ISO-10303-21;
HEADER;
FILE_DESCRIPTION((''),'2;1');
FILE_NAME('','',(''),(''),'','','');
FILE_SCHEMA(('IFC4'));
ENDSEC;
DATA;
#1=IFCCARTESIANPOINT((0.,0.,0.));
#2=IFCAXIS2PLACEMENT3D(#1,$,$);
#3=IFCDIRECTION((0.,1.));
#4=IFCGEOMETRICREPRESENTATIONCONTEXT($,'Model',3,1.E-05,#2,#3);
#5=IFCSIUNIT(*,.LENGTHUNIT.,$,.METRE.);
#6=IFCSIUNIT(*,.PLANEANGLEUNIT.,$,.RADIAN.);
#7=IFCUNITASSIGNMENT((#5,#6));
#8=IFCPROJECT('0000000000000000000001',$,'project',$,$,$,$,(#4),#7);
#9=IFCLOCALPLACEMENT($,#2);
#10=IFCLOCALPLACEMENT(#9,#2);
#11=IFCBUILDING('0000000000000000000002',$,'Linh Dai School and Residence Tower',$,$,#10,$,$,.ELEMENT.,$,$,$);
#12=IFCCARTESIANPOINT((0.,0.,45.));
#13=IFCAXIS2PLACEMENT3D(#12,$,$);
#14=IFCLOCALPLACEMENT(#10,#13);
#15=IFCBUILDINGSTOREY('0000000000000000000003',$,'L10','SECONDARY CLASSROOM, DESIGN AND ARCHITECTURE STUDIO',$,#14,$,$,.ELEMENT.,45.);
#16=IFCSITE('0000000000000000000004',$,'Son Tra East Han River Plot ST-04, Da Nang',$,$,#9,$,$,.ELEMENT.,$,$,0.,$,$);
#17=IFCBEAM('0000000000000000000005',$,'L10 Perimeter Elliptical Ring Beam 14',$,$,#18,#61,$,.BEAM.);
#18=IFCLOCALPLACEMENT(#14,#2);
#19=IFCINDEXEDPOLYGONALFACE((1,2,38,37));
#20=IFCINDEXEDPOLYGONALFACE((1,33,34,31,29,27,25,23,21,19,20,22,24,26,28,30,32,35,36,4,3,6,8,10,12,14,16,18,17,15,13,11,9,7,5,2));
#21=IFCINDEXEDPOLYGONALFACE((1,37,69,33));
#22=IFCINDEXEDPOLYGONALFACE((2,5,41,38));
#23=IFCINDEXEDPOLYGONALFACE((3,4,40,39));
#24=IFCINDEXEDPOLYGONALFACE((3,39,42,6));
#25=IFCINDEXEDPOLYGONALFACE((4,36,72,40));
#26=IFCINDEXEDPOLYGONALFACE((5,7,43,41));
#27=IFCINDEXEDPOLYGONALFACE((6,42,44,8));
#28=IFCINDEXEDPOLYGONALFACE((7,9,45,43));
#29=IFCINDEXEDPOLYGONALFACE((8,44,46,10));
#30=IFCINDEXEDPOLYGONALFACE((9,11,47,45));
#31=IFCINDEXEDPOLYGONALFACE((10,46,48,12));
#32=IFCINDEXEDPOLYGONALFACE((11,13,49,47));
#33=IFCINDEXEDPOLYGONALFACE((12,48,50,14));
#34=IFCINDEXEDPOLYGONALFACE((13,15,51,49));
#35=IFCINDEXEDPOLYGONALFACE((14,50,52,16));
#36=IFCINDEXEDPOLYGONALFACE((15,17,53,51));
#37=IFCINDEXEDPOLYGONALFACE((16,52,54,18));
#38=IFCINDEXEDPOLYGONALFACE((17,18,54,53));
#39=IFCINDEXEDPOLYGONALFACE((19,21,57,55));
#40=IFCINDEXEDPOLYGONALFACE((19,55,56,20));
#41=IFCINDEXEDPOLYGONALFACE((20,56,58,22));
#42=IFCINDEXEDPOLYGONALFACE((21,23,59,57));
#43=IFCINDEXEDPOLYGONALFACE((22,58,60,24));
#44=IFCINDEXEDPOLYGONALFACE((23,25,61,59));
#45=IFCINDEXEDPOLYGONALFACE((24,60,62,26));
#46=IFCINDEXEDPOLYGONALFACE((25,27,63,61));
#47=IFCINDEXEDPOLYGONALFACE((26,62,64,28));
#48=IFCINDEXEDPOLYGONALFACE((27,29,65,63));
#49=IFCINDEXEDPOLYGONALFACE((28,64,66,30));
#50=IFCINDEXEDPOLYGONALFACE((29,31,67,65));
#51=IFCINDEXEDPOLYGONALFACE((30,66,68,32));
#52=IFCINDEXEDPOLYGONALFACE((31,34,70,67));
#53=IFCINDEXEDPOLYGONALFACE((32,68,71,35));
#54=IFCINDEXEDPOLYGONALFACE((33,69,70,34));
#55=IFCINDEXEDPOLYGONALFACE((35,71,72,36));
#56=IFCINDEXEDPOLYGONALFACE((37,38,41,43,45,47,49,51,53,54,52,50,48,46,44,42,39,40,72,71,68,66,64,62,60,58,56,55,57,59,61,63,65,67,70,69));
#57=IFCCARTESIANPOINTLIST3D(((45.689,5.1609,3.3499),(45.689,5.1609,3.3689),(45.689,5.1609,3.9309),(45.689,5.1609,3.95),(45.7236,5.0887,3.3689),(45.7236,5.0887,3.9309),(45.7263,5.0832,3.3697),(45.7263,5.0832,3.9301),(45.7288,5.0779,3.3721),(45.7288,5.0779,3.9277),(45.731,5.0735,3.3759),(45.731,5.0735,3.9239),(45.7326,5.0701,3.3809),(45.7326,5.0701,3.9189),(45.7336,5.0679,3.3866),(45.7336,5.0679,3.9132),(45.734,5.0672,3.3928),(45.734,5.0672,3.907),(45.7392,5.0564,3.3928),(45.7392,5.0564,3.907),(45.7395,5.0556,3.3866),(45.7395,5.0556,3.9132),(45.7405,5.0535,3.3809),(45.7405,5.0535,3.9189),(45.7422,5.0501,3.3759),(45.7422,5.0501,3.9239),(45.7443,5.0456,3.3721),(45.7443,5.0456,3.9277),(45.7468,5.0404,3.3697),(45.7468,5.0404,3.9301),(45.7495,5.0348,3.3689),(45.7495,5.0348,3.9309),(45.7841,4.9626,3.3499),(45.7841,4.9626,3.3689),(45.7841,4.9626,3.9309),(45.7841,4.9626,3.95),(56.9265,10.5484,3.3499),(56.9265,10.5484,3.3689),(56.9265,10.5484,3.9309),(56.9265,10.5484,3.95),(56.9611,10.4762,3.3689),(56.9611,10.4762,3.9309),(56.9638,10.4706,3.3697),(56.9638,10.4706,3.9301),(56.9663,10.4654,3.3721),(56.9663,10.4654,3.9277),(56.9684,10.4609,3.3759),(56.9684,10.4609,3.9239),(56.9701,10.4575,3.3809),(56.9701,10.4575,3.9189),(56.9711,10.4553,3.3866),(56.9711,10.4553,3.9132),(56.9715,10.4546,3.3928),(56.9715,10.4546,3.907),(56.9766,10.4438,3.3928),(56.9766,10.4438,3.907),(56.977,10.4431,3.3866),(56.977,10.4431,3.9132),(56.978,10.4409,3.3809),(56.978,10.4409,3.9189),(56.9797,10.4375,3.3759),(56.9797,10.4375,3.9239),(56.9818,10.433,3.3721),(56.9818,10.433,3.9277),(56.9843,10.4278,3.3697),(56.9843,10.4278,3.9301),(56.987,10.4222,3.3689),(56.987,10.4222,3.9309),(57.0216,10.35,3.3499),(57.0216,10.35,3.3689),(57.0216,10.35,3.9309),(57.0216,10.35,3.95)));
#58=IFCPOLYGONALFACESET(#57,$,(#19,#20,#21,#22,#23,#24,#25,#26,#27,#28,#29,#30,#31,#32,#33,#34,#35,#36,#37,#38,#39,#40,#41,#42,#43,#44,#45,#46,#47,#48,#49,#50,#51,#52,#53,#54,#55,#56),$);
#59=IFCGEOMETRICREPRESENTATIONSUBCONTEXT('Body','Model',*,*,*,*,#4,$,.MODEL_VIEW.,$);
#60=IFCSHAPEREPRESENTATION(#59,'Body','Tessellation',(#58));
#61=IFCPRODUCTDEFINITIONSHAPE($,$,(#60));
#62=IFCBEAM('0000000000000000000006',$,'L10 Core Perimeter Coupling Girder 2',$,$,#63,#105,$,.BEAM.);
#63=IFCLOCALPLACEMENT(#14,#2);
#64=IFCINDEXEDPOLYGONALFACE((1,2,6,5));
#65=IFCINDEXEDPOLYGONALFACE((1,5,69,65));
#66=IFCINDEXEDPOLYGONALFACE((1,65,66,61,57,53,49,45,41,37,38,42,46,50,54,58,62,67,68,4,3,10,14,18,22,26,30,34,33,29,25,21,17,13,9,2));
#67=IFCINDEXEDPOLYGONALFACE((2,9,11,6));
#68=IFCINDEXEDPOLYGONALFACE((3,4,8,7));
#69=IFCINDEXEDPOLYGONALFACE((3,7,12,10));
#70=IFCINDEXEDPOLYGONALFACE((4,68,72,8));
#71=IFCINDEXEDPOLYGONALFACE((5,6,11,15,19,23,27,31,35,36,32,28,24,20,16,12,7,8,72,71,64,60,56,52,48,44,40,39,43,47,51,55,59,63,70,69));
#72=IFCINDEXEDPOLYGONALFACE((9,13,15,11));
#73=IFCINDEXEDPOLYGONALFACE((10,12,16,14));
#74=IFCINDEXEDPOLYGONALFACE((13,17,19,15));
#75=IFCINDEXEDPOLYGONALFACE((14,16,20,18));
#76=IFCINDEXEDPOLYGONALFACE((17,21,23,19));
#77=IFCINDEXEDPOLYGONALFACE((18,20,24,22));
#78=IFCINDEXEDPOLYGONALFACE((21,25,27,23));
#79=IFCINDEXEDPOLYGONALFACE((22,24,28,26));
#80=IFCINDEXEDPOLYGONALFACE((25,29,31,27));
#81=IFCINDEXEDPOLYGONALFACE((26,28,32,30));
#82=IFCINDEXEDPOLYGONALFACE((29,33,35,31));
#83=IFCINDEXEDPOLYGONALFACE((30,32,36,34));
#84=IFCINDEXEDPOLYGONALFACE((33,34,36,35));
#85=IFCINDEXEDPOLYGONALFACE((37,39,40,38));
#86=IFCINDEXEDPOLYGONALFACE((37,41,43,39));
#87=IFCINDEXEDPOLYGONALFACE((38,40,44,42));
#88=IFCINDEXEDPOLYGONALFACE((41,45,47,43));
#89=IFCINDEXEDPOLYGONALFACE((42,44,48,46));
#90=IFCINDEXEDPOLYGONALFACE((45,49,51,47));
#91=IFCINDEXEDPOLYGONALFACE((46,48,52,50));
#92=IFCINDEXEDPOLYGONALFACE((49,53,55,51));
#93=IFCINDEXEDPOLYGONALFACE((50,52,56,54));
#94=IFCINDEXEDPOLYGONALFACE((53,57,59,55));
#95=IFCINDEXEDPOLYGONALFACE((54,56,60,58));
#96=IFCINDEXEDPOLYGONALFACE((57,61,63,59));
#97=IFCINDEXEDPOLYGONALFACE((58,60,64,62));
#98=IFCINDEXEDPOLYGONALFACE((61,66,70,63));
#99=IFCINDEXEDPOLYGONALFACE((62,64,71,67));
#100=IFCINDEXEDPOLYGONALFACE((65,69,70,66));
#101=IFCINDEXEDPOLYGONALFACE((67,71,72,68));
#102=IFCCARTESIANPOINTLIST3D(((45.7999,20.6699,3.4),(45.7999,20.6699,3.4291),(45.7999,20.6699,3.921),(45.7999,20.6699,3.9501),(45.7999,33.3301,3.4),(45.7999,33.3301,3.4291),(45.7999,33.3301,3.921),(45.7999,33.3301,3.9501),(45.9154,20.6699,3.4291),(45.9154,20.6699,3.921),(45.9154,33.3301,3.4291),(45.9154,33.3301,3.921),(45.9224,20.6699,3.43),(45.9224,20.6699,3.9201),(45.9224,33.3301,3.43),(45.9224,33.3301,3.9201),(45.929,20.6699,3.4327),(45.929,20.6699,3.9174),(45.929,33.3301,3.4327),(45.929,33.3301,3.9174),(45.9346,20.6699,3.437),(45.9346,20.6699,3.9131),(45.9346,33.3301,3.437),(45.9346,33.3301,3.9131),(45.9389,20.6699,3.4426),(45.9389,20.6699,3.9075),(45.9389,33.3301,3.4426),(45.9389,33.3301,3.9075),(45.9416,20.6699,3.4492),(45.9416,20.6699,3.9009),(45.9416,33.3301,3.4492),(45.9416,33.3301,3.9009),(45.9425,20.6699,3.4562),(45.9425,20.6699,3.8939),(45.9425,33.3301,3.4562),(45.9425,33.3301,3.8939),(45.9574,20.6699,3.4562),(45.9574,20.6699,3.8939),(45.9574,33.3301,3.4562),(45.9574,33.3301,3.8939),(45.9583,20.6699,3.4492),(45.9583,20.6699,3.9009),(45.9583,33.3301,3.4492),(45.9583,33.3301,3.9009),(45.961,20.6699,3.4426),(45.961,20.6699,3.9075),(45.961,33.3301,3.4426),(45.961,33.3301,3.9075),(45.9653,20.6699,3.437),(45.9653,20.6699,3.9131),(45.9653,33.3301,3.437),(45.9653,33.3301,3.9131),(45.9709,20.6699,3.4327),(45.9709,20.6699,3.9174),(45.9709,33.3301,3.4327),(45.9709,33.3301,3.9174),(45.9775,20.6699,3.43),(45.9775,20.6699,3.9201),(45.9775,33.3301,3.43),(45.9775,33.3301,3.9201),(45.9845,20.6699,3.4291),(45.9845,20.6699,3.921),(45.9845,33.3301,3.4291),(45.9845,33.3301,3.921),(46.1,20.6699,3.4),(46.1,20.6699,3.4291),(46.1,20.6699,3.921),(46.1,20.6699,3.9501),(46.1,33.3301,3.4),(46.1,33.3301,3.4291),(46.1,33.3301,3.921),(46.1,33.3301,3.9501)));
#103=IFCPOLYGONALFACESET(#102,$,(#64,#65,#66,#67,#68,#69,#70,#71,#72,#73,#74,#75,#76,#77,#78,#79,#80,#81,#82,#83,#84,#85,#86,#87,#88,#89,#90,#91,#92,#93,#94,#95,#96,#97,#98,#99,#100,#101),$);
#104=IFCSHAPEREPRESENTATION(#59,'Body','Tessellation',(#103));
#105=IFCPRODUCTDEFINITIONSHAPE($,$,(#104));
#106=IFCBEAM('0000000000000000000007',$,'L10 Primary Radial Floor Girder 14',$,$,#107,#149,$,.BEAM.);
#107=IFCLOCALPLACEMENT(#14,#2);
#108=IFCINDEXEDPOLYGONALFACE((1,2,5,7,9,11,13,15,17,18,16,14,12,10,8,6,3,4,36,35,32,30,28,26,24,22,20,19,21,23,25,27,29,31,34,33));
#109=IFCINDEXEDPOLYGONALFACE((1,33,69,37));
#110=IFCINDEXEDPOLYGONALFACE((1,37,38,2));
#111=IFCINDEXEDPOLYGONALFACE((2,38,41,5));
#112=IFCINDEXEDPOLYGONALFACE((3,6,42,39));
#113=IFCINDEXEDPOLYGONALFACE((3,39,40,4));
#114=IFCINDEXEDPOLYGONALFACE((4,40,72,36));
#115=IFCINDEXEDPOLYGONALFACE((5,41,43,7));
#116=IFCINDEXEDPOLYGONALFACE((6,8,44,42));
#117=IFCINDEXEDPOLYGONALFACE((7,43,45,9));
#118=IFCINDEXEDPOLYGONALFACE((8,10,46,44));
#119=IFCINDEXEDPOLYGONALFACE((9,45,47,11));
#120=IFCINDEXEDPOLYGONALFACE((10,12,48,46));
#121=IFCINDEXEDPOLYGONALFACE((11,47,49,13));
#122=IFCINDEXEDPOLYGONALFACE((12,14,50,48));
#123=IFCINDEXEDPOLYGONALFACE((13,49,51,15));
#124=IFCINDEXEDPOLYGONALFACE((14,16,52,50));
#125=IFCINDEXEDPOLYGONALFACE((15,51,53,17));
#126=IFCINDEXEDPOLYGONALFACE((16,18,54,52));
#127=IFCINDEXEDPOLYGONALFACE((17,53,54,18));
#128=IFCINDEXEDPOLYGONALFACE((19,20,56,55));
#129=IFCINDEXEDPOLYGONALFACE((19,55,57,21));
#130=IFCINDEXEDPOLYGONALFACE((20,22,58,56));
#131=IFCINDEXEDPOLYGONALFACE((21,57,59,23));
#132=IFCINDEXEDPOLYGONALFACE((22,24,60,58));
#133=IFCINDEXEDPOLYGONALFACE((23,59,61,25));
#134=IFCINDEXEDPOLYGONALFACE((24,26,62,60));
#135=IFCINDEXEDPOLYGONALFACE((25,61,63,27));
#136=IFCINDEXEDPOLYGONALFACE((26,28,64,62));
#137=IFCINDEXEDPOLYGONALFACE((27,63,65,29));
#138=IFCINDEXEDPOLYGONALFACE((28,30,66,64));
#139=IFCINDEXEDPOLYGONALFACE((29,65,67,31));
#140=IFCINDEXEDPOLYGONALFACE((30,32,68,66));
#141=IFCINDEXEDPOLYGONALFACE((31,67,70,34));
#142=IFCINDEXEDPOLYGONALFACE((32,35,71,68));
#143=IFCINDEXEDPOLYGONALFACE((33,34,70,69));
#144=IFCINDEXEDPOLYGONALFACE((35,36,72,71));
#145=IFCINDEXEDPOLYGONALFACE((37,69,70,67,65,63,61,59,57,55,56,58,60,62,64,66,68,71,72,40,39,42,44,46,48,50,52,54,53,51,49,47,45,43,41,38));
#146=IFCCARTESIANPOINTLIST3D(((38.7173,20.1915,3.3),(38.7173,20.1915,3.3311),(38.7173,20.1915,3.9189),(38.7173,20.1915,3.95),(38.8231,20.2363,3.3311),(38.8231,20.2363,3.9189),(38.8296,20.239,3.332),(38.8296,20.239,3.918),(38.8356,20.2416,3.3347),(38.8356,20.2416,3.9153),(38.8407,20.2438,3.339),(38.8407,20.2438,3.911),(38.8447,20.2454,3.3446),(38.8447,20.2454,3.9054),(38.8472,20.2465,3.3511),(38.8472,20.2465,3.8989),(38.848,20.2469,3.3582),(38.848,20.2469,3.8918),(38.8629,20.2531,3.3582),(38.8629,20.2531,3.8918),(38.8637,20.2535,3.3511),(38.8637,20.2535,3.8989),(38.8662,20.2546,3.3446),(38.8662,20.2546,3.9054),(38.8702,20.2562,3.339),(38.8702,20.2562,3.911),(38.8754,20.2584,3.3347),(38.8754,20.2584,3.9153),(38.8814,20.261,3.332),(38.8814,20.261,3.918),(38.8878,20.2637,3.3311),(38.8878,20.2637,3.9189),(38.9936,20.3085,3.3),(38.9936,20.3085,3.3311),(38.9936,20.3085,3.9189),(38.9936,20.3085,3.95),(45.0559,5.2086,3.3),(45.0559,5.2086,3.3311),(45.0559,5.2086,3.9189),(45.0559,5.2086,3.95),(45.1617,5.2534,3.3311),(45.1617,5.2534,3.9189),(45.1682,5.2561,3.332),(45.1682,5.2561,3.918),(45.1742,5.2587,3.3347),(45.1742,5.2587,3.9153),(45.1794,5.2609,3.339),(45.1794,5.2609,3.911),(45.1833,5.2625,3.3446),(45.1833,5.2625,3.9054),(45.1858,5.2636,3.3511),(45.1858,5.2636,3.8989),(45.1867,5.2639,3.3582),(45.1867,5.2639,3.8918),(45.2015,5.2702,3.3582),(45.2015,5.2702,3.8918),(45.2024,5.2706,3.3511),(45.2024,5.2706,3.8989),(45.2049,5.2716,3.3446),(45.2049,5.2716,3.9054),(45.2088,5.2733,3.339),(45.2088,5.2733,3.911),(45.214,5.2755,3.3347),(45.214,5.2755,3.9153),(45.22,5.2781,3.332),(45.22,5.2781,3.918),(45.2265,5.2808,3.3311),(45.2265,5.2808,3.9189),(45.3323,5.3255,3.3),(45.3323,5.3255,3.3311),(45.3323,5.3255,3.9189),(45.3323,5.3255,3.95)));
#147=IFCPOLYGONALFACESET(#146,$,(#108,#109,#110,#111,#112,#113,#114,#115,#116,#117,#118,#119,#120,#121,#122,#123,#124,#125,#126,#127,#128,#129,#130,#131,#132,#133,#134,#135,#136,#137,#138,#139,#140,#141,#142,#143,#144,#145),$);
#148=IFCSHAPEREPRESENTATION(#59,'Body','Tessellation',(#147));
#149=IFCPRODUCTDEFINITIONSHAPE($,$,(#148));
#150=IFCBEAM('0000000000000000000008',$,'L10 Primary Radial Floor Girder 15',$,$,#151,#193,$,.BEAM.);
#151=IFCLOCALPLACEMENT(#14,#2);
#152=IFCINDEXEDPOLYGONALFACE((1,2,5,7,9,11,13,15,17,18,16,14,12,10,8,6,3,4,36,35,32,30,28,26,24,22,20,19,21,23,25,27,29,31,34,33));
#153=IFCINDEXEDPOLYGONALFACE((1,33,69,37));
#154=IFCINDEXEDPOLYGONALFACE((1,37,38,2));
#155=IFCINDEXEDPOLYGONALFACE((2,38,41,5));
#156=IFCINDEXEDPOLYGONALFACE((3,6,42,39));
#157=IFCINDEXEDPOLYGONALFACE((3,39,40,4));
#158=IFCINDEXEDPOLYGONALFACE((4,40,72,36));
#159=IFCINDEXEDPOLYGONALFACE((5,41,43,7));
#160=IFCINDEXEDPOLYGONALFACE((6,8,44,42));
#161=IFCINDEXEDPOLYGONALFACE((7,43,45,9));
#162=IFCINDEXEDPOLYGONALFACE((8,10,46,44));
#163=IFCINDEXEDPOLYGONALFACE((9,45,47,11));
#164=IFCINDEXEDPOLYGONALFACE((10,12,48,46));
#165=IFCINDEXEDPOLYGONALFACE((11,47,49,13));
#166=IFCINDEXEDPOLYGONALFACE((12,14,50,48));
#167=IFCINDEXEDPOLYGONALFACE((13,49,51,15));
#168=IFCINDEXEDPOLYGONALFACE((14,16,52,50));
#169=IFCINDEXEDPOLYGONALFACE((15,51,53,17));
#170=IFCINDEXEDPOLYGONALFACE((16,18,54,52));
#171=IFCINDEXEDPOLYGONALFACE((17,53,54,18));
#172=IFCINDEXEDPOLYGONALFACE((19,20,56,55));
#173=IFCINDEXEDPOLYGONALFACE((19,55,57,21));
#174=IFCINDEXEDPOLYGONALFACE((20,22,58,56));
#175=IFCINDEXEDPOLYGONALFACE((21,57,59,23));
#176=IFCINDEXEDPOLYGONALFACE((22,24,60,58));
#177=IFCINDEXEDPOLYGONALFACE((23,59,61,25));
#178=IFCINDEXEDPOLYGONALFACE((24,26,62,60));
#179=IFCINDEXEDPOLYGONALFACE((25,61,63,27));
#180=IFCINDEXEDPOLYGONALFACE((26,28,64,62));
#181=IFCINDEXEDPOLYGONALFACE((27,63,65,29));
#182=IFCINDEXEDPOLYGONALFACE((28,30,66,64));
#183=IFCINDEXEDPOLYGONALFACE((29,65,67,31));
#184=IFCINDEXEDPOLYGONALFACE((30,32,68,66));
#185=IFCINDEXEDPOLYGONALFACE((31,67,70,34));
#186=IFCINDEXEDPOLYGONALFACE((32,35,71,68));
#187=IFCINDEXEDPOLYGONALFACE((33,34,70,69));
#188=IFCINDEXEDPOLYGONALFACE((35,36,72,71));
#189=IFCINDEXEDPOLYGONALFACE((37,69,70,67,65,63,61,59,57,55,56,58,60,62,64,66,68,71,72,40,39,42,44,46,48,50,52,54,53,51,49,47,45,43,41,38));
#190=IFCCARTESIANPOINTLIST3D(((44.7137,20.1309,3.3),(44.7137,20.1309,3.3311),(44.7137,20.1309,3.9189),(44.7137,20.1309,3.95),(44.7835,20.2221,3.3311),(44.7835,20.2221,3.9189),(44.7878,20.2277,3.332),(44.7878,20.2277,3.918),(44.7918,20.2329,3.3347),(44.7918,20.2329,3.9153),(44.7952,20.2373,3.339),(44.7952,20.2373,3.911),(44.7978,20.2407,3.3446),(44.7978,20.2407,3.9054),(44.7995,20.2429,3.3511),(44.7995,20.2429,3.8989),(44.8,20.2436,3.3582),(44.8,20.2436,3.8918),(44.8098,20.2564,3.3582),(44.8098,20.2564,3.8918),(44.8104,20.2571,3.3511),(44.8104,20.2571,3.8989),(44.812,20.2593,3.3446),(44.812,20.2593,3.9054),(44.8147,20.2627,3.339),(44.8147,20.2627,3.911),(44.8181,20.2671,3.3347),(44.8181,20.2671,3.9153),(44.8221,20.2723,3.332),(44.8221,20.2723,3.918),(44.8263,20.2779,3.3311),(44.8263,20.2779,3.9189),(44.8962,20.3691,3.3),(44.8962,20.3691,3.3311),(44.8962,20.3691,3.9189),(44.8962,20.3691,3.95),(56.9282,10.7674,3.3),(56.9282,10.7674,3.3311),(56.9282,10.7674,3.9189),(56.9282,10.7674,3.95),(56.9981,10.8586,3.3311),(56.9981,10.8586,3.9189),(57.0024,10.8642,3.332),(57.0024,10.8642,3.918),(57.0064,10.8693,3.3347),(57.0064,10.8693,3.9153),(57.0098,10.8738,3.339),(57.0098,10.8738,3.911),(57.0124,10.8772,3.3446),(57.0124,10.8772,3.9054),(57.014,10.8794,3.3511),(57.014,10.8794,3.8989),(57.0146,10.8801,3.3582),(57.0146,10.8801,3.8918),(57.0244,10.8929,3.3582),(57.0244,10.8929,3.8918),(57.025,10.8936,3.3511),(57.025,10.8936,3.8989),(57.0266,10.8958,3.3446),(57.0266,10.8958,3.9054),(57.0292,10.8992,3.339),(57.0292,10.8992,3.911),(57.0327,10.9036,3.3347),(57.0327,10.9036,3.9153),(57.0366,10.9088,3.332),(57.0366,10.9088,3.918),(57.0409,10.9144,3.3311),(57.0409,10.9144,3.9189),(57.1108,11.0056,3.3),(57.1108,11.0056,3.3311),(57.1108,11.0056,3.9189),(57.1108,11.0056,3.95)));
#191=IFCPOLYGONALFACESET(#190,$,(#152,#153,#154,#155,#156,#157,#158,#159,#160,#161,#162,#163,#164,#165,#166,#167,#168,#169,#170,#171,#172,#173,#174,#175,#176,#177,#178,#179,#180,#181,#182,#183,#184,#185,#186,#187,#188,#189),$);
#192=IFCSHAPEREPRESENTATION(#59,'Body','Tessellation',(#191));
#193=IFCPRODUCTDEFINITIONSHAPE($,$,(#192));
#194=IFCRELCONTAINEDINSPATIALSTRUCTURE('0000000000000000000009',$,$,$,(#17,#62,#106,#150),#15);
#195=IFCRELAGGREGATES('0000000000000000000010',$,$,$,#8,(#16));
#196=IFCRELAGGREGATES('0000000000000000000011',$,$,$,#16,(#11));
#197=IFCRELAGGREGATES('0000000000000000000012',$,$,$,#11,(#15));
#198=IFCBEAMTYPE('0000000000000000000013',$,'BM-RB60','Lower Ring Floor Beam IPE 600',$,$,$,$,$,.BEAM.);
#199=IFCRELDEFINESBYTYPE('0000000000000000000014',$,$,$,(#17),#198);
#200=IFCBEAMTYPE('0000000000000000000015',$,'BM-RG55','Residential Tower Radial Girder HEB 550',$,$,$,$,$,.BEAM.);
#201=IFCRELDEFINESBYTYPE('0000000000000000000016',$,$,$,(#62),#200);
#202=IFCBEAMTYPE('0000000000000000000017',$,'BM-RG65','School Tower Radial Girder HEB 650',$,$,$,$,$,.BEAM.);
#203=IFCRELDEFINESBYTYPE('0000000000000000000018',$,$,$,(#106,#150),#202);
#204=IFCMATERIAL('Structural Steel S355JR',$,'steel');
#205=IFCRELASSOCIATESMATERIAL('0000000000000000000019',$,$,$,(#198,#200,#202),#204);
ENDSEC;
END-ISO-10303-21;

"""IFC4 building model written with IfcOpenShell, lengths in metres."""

from ifc_helpers import new_model, si_unit, direction, frame, origin, origin_2d, place, context, subcontext, project, spatial, i_section, extrude, material, material_profile, profile_set, type_object, element, save


model = new_model("IFC4")

# Units and contexts
model_context = context("Model", 3, precision=1e-05, world=origin(), true_north=direction((0.0, 1.0)))
body_context = subcontext(model_context, "Body", "Model", "MODEL_VIEW")
ifc_project = project(units=[si_unit("LENGTHUNIT", "METRE"), si_unit("PLANEANGLEUNIT", "RADIAN")], contexts=[model_context])

# Site, building, storey
site_placement = place(None, origin())
site = spatial("IfcSite", under=ifc_project, at=site_placement, Name="Son Tra East Han River Plot ST-04, Da Nang", CompositionType="ELEMENT", RefElevation=0.0)
building_placement = place(site_placement, origin())
building = spatial("IfcBuilding", under=site, at=building_placement, Name="Linh Dai School and Residence Tower", CompositionType="ELEMENT")
storey_placement = place(building_placement, frame((0.0, 0.0, 45.0)))
storey = spatial("IfcBuildingStorey", under=building, at=storey_placement, Name="L10", Description="SECONDARY CLASSROOM, DESIGN AND ARCHITECTURE STUDIO", CompositionType="ELEMENT", Elevation=45.0)

# Shared definitions
ifc_material_1 = material(Name="Structural Steel S355JR", Category="steel")

# Beams
ifc_material_profile_1 = material_profile(ifc_material_1, i_section(OverallWidth=0.22, OverallDepth=0.6001, WebThickness=0.012, FlangeThickness=0.019, FilletRadius=0.0239, at=origin_2d()), Name="IPE 600")
ifc_profile_set_1 = profile_set([ifc_material_profile_1], Name="Structural Steel S355JR")
beam_type_1 = type_object("IfcBeamType", Name="BM-RB60", Description="Lower Ring Floor Beam IPE 600", PredefinedType="BEAM", material=ifc_profile_set_1)
beam_1_placement = place(storey_placement, frame((45.7366, 5.0618, 3.6499), z_axis=(0.901729, 0.432302, 0.0), x_axis=(-0.432302, 0.901729, 0.0)))
element("IfcBeam", 1, at=beam_1_placement, inside=storey, type_object=beam_type_1, Name="L10 Perimeter Elliptical Ring Beam 14", PredefinedType="BEAM", context=body_context, shape_type="SweptSolid", body=[
    extrude(i_section(OverallWidth=0.22, OverallDepth=0.6001, WebThickness=0.012, FlangeThickness=0.019, FilletRadius=0.0239, at=origin_2d()), origin(), (0.0, 0.0, 1.0), 12.4622),
])
ifc_material_profile_2 = material_profile(ifc_material_1, i_section(OverallWidth=0.3, OverallDepth=0.55, WebThickness=0.0149, FlangeThickness=0.0291, FilletRadius=0.0271, at=origin_2d()), Name="HEB 550")
ifc_profile_set_2 = profile_set([ifc_material_profile_2], Name="Structural Steel S355JR")
beam_type_2 = type_object("IfcBeamType", Name="BM-RG55", Description="Residential Tower Radial Girder HEB 550", PredefinedType="BEAM", material=ifc_profile_set_2)
beam_2_placement = place(storey_placement, frame((45.95, 20.6699, 3.675), z_axis=(0.0, 1.0, 0.0), x_axis=(-1.0, 0.0, 0.0)))
element("IfcBeam", 2, at=beam_2_placement, inside=storey, type_object=beam_type_2, Name="L10 Core Perimeter Coupling Girder 2", PredefinedType="BEAM", context=body_context, shape_type="SweptSolid", body=[
    extrude(i_section(OverallWidth=0.3, OverallDepth=0.55, WebThickness=0.0149, FlangeThickness=0.0291, FilletRadius=0.0271, at=origin_2d()), origin(), (0.0, 0.0, 1.0), 12.6602),
])
ifc_material_profile_3 = material_profile(ifc_material_1, i_section(OverallWidth=0.3, OverallDepth=0.6499, WebThickness=0.0161, FlangeThickness=0.031, FilletRadius=0.0271, at=origin_2d()), Name="HEB 650")
ifc_profile_set_3 = profile_set([ifc_material_profile_3], Name="Structural Steel S355JR")
beam_type_3 = type_object("IfcBeamType", Name="BM-RG65", Description="School Tower Radial Girder HEB 650", PredefinedType="BEAM", material=ifc_profile_set_3)
beam_3_placement = place(storey_placement, frame((38.8555, 20.25, 3.625), z_axis=(0.389624, -0.920974, 0.0), x_axis=(0.920974, 0.389624, 0.0)))
element("IfcBeam", 3, at=beam_3_placement, inside=storey, type_object=beam_type_3, Name="L10 Primary Radial Floor Girder 14", PredefinedType="BEAM", context=body_context, shape_type="SweptSolid", body=[
    extrude(i_section(OverallWidth=0.3, OverallDepth=0.6499, WebThickness=0.0161, FlangeThickness=0.031, FilletRadius=0.0271, at=origin_2d()), origin(), (0.0, 0.0, 1.0), 16.2686),
])
beam_4_placement = place(storey_placement, frame((44.8049, 20.25, 3.625), z_axis=(0.793638, -0.608391, 0.0), x_axis=(0.608391, 0.793638, 0.0)))
element("IfcBeam", 4, at=beam_4_placement, inside=storey, type_object=beam_type_3, Name="L10 Primary Radial Floor Girder 15", PredefinedType="BEAM", context=body_context, shape_type="SweptSolid", body=[
    extrude(i_section(OverallWidth=0.3, OverallDepth=0.6499, WebThickness=0.0161, FlangeThickness=0.031, FilletRadius=0.0271, at=origin_2d()), origin(), (0.0, 0.0, 1.0), 15.3906),
])

save(model, "model.ifc")
